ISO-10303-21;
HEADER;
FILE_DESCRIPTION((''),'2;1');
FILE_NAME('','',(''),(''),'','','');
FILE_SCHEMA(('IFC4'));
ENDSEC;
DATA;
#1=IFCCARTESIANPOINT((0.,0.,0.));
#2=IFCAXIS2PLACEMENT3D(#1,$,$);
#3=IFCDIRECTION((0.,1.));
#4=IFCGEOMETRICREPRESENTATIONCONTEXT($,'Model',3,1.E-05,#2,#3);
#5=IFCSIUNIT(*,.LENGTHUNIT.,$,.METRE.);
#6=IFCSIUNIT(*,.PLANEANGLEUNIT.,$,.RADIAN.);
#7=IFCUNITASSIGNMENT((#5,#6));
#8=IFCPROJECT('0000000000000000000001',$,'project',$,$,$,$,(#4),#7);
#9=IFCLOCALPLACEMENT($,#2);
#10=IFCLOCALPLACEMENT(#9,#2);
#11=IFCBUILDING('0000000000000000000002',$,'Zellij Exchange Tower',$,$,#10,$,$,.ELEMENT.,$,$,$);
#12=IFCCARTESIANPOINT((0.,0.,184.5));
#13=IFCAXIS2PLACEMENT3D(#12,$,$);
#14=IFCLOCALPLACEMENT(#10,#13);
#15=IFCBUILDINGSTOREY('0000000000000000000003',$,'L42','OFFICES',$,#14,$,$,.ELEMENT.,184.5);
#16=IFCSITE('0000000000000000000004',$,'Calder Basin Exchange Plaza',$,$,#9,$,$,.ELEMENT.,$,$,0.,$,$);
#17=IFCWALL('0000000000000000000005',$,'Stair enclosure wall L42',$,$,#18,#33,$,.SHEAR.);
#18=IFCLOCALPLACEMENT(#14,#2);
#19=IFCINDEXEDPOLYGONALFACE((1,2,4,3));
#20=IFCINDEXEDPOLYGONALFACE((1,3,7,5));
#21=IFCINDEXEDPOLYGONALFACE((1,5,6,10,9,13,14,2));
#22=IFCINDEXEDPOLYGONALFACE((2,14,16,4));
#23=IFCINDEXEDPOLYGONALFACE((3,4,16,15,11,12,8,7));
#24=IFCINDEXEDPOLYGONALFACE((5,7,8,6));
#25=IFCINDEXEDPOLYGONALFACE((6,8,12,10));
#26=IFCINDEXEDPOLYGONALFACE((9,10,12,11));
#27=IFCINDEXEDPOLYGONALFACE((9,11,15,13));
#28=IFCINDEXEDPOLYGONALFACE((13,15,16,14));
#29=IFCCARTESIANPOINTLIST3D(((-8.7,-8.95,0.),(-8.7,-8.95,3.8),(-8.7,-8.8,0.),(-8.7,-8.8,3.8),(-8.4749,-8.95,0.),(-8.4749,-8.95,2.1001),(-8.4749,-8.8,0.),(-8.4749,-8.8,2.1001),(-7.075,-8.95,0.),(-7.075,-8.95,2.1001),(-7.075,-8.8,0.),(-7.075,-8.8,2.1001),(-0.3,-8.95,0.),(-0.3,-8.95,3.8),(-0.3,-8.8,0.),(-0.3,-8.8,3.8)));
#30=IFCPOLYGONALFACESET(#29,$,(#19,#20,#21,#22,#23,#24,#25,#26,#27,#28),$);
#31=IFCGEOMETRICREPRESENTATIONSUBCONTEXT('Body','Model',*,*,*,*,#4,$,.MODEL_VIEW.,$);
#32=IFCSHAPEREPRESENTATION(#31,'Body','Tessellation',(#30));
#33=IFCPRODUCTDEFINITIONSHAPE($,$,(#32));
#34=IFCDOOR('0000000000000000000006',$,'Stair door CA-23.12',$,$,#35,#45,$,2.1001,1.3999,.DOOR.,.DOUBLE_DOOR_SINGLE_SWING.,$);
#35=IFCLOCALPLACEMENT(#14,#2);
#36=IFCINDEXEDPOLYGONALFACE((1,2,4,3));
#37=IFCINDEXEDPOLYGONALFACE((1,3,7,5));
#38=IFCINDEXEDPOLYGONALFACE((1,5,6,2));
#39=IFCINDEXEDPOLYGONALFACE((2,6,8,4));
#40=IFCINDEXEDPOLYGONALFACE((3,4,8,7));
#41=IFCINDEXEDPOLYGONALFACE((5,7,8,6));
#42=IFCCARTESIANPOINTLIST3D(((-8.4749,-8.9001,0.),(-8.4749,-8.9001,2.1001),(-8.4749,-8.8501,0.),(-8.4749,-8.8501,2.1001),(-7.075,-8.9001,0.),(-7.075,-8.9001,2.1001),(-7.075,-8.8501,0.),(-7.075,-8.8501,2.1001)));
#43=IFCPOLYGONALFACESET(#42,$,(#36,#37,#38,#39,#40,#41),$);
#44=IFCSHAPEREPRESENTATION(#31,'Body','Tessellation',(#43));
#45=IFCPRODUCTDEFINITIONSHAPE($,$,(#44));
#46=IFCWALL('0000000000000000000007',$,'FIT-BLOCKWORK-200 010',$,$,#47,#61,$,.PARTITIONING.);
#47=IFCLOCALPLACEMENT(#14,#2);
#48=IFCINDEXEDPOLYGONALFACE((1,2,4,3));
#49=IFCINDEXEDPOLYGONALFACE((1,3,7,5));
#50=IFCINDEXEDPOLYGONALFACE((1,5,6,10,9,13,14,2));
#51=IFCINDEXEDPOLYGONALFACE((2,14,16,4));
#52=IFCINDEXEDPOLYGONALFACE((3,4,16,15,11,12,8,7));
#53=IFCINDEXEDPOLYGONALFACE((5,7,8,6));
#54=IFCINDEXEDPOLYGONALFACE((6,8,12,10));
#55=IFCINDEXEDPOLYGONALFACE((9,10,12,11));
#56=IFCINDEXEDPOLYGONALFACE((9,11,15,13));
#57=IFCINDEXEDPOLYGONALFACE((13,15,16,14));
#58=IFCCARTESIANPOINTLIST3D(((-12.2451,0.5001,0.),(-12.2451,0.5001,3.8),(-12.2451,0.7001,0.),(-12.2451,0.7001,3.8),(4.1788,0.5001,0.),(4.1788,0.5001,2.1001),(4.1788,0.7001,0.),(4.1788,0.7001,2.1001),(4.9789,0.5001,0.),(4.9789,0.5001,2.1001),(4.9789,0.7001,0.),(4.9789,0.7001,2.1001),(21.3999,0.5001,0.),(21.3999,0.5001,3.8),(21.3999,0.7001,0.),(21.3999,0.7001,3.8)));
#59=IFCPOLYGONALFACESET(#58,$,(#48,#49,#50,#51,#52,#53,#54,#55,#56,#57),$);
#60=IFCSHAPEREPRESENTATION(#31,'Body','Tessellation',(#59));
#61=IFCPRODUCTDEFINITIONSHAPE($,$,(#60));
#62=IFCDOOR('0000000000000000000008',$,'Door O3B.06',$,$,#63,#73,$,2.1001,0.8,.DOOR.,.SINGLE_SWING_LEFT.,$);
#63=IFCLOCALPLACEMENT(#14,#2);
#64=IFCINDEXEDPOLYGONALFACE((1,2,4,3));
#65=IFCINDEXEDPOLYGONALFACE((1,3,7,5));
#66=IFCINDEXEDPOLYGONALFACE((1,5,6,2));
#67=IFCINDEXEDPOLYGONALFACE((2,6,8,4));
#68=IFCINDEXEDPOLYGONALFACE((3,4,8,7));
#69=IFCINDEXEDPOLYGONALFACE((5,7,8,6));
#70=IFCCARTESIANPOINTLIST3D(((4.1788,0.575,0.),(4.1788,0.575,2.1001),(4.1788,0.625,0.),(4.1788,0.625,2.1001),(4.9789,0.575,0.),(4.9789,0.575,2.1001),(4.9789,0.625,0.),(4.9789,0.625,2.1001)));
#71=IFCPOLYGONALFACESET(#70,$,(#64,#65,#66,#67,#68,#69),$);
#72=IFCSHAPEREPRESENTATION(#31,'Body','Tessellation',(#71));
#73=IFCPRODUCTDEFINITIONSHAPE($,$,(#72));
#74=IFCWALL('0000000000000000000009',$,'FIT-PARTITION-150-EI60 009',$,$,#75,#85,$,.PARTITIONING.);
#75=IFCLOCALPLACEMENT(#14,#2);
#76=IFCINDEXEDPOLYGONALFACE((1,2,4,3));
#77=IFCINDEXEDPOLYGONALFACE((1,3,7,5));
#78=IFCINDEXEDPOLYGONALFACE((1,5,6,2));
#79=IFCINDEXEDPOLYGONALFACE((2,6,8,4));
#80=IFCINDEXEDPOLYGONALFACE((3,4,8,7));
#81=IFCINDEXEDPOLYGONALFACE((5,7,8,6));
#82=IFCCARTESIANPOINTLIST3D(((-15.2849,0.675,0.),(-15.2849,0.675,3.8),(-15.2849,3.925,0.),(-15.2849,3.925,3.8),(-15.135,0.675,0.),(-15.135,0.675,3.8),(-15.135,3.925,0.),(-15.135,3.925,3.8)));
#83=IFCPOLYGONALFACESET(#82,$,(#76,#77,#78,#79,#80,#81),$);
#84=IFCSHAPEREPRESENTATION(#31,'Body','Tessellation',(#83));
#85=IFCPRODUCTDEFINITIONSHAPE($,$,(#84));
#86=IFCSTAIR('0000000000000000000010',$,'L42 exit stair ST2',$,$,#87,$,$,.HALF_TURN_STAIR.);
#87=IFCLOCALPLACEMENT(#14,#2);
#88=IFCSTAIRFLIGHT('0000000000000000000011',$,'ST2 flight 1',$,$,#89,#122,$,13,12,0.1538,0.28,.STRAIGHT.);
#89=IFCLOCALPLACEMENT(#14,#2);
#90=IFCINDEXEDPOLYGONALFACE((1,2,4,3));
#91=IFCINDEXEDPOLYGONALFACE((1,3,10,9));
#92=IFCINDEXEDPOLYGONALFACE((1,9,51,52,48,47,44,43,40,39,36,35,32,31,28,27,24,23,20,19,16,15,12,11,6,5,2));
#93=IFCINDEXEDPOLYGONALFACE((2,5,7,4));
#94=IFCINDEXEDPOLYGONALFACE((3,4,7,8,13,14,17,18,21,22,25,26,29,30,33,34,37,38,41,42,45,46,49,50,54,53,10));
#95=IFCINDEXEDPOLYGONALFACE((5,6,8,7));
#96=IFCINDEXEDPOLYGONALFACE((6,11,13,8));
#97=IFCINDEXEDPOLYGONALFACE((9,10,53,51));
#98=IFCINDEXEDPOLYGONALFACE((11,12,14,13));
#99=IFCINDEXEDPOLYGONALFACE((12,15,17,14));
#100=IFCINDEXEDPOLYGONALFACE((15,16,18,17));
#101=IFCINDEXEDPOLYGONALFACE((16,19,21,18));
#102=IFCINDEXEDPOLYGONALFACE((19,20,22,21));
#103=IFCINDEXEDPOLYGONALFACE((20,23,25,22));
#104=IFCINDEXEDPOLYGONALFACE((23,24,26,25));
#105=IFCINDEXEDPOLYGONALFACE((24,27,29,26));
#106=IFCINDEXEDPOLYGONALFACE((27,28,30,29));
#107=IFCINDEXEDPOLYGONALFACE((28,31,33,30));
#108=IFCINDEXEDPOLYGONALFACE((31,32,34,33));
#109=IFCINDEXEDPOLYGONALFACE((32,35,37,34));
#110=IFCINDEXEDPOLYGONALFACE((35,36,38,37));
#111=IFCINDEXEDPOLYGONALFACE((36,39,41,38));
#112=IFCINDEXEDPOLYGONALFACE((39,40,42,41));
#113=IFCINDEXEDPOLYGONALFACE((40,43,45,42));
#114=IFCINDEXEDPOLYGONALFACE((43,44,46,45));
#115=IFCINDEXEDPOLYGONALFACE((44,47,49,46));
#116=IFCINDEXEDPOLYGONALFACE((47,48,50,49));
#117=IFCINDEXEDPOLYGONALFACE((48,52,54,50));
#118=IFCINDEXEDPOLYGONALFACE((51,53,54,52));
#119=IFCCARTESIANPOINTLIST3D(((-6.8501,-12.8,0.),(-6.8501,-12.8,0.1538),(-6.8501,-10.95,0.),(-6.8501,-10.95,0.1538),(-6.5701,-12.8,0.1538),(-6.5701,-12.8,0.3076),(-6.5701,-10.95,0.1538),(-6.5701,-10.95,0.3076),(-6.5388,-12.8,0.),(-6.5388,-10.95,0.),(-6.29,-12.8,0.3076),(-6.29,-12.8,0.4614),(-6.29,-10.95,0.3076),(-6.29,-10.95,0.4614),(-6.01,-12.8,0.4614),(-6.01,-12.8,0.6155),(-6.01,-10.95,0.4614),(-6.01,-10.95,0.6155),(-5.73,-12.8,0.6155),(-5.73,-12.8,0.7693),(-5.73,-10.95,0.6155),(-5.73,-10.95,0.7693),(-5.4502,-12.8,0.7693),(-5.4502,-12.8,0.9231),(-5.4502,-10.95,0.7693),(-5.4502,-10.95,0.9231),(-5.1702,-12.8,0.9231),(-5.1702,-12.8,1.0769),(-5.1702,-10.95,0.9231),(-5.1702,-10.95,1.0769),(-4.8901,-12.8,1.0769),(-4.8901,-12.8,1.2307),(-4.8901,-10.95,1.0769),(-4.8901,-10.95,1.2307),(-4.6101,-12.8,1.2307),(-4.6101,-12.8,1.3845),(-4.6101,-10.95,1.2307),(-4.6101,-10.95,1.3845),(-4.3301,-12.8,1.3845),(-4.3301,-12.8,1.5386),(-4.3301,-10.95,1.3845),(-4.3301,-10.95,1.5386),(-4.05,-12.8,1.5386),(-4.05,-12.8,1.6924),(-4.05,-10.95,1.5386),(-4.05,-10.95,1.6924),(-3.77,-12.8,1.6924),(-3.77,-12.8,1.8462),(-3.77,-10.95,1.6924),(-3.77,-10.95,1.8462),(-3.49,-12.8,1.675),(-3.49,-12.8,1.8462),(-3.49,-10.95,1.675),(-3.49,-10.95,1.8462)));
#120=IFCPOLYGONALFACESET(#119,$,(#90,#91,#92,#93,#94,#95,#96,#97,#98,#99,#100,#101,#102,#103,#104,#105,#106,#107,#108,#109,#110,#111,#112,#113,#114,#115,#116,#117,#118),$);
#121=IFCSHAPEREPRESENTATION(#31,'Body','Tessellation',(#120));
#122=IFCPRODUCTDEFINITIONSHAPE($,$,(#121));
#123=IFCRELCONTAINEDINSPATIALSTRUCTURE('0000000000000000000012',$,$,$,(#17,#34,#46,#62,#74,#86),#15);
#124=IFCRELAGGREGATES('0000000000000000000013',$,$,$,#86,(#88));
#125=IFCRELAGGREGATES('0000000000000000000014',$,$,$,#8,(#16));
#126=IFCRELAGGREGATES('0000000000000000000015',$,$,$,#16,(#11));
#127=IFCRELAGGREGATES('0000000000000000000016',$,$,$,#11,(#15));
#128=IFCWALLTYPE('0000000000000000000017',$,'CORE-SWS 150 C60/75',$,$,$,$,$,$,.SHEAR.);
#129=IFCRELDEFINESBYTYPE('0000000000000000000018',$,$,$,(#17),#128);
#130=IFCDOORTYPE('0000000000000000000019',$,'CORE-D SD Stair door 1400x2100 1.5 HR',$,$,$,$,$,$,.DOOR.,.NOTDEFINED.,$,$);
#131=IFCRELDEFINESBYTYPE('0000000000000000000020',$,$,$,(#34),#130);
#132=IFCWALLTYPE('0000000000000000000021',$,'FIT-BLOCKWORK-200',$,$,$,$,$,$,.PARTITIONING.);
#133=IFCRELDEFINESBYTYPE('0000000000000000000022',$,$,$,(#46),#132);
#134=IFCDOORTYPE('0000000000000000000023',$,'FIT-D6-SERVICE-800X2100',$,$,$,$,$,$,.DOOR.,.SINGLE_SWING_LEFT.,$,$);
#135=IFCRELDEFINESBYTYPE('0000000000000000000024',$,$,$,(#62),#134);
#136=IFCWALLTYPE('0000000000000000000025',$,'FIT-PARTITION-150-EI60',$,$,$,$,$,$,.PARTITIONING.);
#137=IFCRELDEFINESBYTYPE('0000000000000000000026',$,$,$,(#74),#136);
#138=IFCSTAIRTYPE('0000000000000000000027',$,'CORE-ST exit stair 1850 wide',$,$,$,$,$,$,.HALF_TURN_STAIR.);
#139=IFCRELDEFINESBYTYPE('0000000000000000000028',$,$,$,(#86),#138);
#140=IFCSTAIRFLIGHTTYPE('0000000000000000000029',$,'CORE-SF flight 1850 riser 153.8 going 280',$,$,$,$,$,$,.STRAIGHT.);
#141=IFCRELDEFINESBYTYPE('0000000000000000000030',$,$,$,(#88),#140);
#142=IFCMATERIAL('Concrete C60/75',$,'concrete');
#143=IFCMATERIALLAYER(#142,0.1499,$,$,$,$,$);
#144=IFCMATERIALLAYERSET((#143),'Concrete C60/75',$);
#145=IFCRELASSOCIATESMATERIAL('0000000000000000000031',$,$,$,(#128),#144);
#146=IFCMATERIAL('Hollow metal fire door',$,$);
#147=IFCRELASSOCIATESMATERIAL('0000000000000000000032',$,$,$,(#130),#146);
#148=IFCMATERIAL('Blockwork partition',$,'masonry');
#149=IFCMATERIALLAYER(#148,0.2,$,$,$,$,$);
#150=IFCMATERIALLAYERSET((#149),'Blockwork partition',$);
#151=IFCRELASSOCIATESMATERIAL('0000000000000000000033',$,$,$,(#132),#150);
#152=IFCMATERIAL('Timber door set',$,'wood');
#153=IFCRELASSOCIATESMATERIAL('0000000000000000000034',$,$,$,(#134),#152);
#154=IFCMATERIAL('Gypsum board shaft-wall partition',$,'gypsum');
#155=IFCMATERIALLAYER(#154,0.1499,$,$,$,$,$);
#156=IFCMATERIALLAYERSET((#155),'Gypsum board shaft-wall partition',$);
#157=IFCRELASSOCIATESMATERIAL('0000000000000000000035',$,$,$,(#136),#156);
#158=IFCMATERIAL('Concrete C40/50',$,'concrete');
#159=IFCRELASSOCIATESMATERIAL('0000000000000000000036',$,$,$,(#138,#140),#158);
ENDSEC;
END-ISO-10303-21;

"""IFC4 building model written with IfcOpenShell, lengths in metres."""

from ifc_helpers import new_model, si_unit, direction, frame, frame_2d, origin, place, context, subcontext, project, spatial, polyline, rectangle, outline, extrude, material, layer, layer_set, type_object, element, fill, aggregate, save


model = new_model("IFC4")

# Units and contexts
model_context = context("Model", 3, precision=1e-05, world=origin(), true_north=direction((0.0, 1.0)))
body_context = subcontext(model_context, "Body", "Model", "MODEL_VIEW")
ifc_project = project(units=[si_unit("LENGTHUNIT", "METRE"), si_unit("PLANEANGLEUNIT", "RADIAN")], contexts=[model_context])

# Site, building, storey
site_placement = place(None, origin())
site = spatial("IfcSite", under=ifc_project, at=site_placement, Name="Calder Basin Exchange Plaza", CompositionType="ELEMENT", RefElevation=0.0)
building_placement = place(site_placement, origin())
building = spatial("IfcBuilding", under=site, at=building_placement, Name="Zellij Exchange Tower", CompositionType="ELEMENT")
storey_placement = place(building_placement, frame((0.0, 0.0, 184.5)))
storey = spatial("IfcBuildingStorey", under=building, at=storey_placement, Name="L42", Description="OFFICES", CompositionType="ELEMENT", Elevation=184.5)

# Shared definitions
ifc_material_1 = material(Name="Concrete C60/75", Category="concrete")

# Shared definitions
ifc_material_2 = material(Name="Hollow metal fire door")

# Walls, openings, doors
ifc_layer_1 = layer(ifc_material_1, 0.1499)
ifc_layer_set_1 = layer_set([ifc_layer_1], Name="Concrete C60/75")
wall_type_1 = type_object("IfcWallType", Name="CORE-SWS 150 C60/75", PredefinedType="SHEAR", material=ifc_layer_set_1)
wall_1_placement = place(storey_placement, frame((-8.7, -8.875, 0.0), z_axis=(0.0, 0.0, 1.0), x_axis=(1.0, 0.0, 0.0)))
wall_1 = element("IfcWall", 1, at=wall_1_placement, inside=storey, type_object=wall_type_1, Name="Stair enclosure wall L42", PredefinedType="SHEAR", context=body_context, shape_type="SweptSolid", body=[
    extrude(rectangle(XDim=8.3999, YDim=0.1499, at=frame_2d((4.2, 0.0))), origin(), (0.0, 0.0, 1.0), 3.8),
])
opening_1_placement = place(wall_1_placement, frame((0.2251, 0.0, 0.0)))
opening_1 = element("IfcOpeningElement", 2, at=opening_1_placement, cuts=wall_1, PredefinedType="OPENING", context=body_context, shape_type="SweptSolid", body=[
    extrude(rectangle(XDim=1.3999, YDim=2.1001, at=frame_2d((0.7, 1.05))), frame((0.0, 0.0869, 0.0), z_axis=(0.0, -1.0, 0.0), x_axis=(1.0, 0.0, 0.0)), (0.0, 0.0, 1.0), 0.1738),
])
door_type_1 = type_object("IfcDoorType", Name="CORE-D SD Stair door 1400x2100 1.5 HR", OperationType="NOTDEFINED", PredefinedType="DOOR", material=ifc_material_2)
door_1_placement = place(opening_1_placement, origin())
door_1 = element("IfcDoor", 3, at=door_1_placement, inside=storey, type_object=door_type_1, Name="Stair door CA-23.12", OperationType="DOUBLE_DOOR_SINGLE_SWING", OverallHeight=2.1001, OverallWidth=1.3999, PredefinedType="DOOR", context=body_context, shape_type="SweptSolid", body=[
    extrude(rectangle(XDim=1.3999, YDim=2.1001, at=frame_2d((0.7, 1.05))), frame((0.0, 0.0249, 0.0), z_axis=(0.0, -1.0, 0.0), x_axis=(1.0, 0.0, 0.0)), (0.0, 0.0, 1.0), 0.05),
])
fill(opening_1, door_1)
ifc_material_3 = material(Name="Blockwork partition", Category="masonry")
ifc_layer_2 = layer(ifc_material_3, 0.2)
ifc_layer_set_2 = layer_set([ifc_layer_2], Name="Blockwork partition")
wall_type_2 = type_object("IfcWallType", Name="FIT-BLOCKWORK-200", PredefinedType="PARTITIONING", material=ifc_layer_set_2)
wall_2_placement = place(storey_placement, frame((-12.2451, 0.6001, 0.0), z_axis=(0.0, 0.0, 1.0), x_axis=(1.0, 0.0, 0.0)))
wall_2 = element("IfcWall", 4, at=wall_2_placement, inside=storey, type_object=wall_type_2, Name="FIT-BLOCKWORK-200 010", PredefinedType="PARTITIONING", context=body_context, shape_type="SweptSolid", body=[
    extrude(rectangle(XDim=33.645, YDim=0.2, at=frame_2d((16.8225, 0.0))), origin(), (0.0, 0.0, 1.0), 3.8),
])
opening_2_placement = place(wall_2_placement, frame((16.4241, 0.0, 0.0)))
opening_2 = element("IfcOpeningElement", 5, at=opening_2_placement, cuts=wall_2, PredefinedType="OPENING", context=body_context, shape_type="SweptSolid", body=[
    extrude(rectangle(XDim=0.8, YDim=2.1001, at=frame_2d((0.3999, 1.05))), frame((0.0, 0.1118, 0.0), z_axis=(0.0, -1.0, 0.0), x_axis=(1.0, 0.0, 0.0)), (0.0, 0.0, 1.0), 0.2239),
])
ifc_material_4 = material(Name="Timber door set", Category="wood")
door_type_2 = type_object("IfcDoorType", Name="FIT-D6-SERVICE-800X2100", OperationType="SINGLE_SWING_LEFT", PredefinedType="DOOR", material=ifc_material_4)
door_2_placement = place(opening_2_placement, origin())
door_2 = element("IfcDoor", 6, at=door_2_placement, inside=storey, type_object=door_type_2, Name="Door O3B.06", OperationType="SINGLE_SWING_LEFT", OverallHeight=2.1001, OverallWidth=0.8, PredefinedType="DOOR", context=body_context, shape_type="SweptSolid", body=[
    extrude(rectangle(XDim=0.8, YDim=2.1001, at=frame_2d((0.3999, 1.05))), frame((0.0, 0.0249, 0.0), z_axis=(0.0, -1.0, 0.0), x_axis=(1.0, 0.0, 0.0)), (0.0, 0.0, 1.0), 0.05),
])
fill(opening_2, door_2)

# Wall
ifc_material_5 = material(Name="Gypsum board shaft-wall partition", Category="gypsum")
ifc_layer_3 = layer(ifc_material_5, 0.1499)
ifc_layer_set_3 = layer_set([ifc_layer_3], Name="Gypsum board shaft-wall partition")
wall_type_3 = type_object("IfcWallType", Name="FIT-PARTITION-150-EI60", PredefinedType="PARTITIONING", material=ifc_layer_set_3)
wall_3_placement = place(storey_placement, frame((-15.21, 0.675, 0.0), z_axis=(0.0, 0.0, 1.0), x_axis=(0.0, 1.0, 0.0)))
element("IfcWall", 7, at=wall_3_placement, inside=storey, type_object=wall_type_3, Name="FIT-PARTITION-150-EI60 009", PredefinedType="PARTITIONING", context=body_context, shape_type="SweptSolid", body=[
    extrude(rectangle(XDim=3.25, YDim=0.1499, at=frame_2d((1.625, 0.0))), origin(), (0.0, 0.0, 1.0), 3.8),
])

# Stair, stair flight
ifc_material_6 = material(Name="Concrete C40/50", Category="concrete")
stair_type = type_object("IfcStairType", Name="CORE-ST exit stair 1850 wide", PredefinedType="HALF_TURN_STAIR", material=ifc_material_6)
stair_placement = place(storey_placement, origin())
stair = element("IfcStair", 8, at=stair_placement, inside=storey, type_object=stair_type, Name="L42 exit stair ST2", PredefinedType="HALF_TURN_STAIR")
stair_flight_type = type_object("IfcStairFlightType", Name="CORE-SF flight 1850 riser 153.8 going 280", PredefinedType="STRAIGHT", material=ifc_material_6)
stair_flight_placement = place(storey_placement, frame((-6.8501, -11.875, 0.0), z_axis=(0.0, 0.0, 1.0), x_axis=(1.0, 0.0, 0.0)))
stair_flight = element("IfcStairFlight", 9, at=stair_flight_placement, type_object=stair_flight_type, Name="ST2 flight 1", NumberOfRisers=13, NumberOfTreads=12, PredefinedType="STRAIGHT", RiserHeight=0.1538, TreadLength=0.28, context=body_context, shape_type="SweptSolid", body=[
    extrude(outline(polyline([(0.0, 0.0), (0.0, 0.1538), (0.28, 0.1538), (0.28, 0.3076), (0.5601, 0.3076), (0.5601, 0.4614), (0.8401, 0.4614), (0.8401, 0.6155), (1.1201, 0.6155), (1.1201, 0.7693), (1.3999, 0.7693), (1.3999, 0.9231), (1.6799, 0.9231), (1.6799, 1.0769), (1.96, 1.0769), (1.96, 1.2307), (2.24, 1.2307), (2.24, 1.3845), (2.52, 1.3845), (2.52, 1.5386), (2.8, 1.5386), (2.8, 1.6924), (3.0801, 1.6924), (3.0801, 1.8462), (3.3601, 1.8462), (3.3601, 2.0), (3.3601, 1.675), (0.3113, 0.0), (0.0, 0.0)])), frame((0.0, 0.925, 0.0), z_axis=(0.0, -1.0, 0.0), x_axis=(1.0, 0.0, 0.0)), (0.0, 0.0, 1.0), 1.8501),
])
aggregate(stair, [stair_flight])

save(model, "model.ifc")
